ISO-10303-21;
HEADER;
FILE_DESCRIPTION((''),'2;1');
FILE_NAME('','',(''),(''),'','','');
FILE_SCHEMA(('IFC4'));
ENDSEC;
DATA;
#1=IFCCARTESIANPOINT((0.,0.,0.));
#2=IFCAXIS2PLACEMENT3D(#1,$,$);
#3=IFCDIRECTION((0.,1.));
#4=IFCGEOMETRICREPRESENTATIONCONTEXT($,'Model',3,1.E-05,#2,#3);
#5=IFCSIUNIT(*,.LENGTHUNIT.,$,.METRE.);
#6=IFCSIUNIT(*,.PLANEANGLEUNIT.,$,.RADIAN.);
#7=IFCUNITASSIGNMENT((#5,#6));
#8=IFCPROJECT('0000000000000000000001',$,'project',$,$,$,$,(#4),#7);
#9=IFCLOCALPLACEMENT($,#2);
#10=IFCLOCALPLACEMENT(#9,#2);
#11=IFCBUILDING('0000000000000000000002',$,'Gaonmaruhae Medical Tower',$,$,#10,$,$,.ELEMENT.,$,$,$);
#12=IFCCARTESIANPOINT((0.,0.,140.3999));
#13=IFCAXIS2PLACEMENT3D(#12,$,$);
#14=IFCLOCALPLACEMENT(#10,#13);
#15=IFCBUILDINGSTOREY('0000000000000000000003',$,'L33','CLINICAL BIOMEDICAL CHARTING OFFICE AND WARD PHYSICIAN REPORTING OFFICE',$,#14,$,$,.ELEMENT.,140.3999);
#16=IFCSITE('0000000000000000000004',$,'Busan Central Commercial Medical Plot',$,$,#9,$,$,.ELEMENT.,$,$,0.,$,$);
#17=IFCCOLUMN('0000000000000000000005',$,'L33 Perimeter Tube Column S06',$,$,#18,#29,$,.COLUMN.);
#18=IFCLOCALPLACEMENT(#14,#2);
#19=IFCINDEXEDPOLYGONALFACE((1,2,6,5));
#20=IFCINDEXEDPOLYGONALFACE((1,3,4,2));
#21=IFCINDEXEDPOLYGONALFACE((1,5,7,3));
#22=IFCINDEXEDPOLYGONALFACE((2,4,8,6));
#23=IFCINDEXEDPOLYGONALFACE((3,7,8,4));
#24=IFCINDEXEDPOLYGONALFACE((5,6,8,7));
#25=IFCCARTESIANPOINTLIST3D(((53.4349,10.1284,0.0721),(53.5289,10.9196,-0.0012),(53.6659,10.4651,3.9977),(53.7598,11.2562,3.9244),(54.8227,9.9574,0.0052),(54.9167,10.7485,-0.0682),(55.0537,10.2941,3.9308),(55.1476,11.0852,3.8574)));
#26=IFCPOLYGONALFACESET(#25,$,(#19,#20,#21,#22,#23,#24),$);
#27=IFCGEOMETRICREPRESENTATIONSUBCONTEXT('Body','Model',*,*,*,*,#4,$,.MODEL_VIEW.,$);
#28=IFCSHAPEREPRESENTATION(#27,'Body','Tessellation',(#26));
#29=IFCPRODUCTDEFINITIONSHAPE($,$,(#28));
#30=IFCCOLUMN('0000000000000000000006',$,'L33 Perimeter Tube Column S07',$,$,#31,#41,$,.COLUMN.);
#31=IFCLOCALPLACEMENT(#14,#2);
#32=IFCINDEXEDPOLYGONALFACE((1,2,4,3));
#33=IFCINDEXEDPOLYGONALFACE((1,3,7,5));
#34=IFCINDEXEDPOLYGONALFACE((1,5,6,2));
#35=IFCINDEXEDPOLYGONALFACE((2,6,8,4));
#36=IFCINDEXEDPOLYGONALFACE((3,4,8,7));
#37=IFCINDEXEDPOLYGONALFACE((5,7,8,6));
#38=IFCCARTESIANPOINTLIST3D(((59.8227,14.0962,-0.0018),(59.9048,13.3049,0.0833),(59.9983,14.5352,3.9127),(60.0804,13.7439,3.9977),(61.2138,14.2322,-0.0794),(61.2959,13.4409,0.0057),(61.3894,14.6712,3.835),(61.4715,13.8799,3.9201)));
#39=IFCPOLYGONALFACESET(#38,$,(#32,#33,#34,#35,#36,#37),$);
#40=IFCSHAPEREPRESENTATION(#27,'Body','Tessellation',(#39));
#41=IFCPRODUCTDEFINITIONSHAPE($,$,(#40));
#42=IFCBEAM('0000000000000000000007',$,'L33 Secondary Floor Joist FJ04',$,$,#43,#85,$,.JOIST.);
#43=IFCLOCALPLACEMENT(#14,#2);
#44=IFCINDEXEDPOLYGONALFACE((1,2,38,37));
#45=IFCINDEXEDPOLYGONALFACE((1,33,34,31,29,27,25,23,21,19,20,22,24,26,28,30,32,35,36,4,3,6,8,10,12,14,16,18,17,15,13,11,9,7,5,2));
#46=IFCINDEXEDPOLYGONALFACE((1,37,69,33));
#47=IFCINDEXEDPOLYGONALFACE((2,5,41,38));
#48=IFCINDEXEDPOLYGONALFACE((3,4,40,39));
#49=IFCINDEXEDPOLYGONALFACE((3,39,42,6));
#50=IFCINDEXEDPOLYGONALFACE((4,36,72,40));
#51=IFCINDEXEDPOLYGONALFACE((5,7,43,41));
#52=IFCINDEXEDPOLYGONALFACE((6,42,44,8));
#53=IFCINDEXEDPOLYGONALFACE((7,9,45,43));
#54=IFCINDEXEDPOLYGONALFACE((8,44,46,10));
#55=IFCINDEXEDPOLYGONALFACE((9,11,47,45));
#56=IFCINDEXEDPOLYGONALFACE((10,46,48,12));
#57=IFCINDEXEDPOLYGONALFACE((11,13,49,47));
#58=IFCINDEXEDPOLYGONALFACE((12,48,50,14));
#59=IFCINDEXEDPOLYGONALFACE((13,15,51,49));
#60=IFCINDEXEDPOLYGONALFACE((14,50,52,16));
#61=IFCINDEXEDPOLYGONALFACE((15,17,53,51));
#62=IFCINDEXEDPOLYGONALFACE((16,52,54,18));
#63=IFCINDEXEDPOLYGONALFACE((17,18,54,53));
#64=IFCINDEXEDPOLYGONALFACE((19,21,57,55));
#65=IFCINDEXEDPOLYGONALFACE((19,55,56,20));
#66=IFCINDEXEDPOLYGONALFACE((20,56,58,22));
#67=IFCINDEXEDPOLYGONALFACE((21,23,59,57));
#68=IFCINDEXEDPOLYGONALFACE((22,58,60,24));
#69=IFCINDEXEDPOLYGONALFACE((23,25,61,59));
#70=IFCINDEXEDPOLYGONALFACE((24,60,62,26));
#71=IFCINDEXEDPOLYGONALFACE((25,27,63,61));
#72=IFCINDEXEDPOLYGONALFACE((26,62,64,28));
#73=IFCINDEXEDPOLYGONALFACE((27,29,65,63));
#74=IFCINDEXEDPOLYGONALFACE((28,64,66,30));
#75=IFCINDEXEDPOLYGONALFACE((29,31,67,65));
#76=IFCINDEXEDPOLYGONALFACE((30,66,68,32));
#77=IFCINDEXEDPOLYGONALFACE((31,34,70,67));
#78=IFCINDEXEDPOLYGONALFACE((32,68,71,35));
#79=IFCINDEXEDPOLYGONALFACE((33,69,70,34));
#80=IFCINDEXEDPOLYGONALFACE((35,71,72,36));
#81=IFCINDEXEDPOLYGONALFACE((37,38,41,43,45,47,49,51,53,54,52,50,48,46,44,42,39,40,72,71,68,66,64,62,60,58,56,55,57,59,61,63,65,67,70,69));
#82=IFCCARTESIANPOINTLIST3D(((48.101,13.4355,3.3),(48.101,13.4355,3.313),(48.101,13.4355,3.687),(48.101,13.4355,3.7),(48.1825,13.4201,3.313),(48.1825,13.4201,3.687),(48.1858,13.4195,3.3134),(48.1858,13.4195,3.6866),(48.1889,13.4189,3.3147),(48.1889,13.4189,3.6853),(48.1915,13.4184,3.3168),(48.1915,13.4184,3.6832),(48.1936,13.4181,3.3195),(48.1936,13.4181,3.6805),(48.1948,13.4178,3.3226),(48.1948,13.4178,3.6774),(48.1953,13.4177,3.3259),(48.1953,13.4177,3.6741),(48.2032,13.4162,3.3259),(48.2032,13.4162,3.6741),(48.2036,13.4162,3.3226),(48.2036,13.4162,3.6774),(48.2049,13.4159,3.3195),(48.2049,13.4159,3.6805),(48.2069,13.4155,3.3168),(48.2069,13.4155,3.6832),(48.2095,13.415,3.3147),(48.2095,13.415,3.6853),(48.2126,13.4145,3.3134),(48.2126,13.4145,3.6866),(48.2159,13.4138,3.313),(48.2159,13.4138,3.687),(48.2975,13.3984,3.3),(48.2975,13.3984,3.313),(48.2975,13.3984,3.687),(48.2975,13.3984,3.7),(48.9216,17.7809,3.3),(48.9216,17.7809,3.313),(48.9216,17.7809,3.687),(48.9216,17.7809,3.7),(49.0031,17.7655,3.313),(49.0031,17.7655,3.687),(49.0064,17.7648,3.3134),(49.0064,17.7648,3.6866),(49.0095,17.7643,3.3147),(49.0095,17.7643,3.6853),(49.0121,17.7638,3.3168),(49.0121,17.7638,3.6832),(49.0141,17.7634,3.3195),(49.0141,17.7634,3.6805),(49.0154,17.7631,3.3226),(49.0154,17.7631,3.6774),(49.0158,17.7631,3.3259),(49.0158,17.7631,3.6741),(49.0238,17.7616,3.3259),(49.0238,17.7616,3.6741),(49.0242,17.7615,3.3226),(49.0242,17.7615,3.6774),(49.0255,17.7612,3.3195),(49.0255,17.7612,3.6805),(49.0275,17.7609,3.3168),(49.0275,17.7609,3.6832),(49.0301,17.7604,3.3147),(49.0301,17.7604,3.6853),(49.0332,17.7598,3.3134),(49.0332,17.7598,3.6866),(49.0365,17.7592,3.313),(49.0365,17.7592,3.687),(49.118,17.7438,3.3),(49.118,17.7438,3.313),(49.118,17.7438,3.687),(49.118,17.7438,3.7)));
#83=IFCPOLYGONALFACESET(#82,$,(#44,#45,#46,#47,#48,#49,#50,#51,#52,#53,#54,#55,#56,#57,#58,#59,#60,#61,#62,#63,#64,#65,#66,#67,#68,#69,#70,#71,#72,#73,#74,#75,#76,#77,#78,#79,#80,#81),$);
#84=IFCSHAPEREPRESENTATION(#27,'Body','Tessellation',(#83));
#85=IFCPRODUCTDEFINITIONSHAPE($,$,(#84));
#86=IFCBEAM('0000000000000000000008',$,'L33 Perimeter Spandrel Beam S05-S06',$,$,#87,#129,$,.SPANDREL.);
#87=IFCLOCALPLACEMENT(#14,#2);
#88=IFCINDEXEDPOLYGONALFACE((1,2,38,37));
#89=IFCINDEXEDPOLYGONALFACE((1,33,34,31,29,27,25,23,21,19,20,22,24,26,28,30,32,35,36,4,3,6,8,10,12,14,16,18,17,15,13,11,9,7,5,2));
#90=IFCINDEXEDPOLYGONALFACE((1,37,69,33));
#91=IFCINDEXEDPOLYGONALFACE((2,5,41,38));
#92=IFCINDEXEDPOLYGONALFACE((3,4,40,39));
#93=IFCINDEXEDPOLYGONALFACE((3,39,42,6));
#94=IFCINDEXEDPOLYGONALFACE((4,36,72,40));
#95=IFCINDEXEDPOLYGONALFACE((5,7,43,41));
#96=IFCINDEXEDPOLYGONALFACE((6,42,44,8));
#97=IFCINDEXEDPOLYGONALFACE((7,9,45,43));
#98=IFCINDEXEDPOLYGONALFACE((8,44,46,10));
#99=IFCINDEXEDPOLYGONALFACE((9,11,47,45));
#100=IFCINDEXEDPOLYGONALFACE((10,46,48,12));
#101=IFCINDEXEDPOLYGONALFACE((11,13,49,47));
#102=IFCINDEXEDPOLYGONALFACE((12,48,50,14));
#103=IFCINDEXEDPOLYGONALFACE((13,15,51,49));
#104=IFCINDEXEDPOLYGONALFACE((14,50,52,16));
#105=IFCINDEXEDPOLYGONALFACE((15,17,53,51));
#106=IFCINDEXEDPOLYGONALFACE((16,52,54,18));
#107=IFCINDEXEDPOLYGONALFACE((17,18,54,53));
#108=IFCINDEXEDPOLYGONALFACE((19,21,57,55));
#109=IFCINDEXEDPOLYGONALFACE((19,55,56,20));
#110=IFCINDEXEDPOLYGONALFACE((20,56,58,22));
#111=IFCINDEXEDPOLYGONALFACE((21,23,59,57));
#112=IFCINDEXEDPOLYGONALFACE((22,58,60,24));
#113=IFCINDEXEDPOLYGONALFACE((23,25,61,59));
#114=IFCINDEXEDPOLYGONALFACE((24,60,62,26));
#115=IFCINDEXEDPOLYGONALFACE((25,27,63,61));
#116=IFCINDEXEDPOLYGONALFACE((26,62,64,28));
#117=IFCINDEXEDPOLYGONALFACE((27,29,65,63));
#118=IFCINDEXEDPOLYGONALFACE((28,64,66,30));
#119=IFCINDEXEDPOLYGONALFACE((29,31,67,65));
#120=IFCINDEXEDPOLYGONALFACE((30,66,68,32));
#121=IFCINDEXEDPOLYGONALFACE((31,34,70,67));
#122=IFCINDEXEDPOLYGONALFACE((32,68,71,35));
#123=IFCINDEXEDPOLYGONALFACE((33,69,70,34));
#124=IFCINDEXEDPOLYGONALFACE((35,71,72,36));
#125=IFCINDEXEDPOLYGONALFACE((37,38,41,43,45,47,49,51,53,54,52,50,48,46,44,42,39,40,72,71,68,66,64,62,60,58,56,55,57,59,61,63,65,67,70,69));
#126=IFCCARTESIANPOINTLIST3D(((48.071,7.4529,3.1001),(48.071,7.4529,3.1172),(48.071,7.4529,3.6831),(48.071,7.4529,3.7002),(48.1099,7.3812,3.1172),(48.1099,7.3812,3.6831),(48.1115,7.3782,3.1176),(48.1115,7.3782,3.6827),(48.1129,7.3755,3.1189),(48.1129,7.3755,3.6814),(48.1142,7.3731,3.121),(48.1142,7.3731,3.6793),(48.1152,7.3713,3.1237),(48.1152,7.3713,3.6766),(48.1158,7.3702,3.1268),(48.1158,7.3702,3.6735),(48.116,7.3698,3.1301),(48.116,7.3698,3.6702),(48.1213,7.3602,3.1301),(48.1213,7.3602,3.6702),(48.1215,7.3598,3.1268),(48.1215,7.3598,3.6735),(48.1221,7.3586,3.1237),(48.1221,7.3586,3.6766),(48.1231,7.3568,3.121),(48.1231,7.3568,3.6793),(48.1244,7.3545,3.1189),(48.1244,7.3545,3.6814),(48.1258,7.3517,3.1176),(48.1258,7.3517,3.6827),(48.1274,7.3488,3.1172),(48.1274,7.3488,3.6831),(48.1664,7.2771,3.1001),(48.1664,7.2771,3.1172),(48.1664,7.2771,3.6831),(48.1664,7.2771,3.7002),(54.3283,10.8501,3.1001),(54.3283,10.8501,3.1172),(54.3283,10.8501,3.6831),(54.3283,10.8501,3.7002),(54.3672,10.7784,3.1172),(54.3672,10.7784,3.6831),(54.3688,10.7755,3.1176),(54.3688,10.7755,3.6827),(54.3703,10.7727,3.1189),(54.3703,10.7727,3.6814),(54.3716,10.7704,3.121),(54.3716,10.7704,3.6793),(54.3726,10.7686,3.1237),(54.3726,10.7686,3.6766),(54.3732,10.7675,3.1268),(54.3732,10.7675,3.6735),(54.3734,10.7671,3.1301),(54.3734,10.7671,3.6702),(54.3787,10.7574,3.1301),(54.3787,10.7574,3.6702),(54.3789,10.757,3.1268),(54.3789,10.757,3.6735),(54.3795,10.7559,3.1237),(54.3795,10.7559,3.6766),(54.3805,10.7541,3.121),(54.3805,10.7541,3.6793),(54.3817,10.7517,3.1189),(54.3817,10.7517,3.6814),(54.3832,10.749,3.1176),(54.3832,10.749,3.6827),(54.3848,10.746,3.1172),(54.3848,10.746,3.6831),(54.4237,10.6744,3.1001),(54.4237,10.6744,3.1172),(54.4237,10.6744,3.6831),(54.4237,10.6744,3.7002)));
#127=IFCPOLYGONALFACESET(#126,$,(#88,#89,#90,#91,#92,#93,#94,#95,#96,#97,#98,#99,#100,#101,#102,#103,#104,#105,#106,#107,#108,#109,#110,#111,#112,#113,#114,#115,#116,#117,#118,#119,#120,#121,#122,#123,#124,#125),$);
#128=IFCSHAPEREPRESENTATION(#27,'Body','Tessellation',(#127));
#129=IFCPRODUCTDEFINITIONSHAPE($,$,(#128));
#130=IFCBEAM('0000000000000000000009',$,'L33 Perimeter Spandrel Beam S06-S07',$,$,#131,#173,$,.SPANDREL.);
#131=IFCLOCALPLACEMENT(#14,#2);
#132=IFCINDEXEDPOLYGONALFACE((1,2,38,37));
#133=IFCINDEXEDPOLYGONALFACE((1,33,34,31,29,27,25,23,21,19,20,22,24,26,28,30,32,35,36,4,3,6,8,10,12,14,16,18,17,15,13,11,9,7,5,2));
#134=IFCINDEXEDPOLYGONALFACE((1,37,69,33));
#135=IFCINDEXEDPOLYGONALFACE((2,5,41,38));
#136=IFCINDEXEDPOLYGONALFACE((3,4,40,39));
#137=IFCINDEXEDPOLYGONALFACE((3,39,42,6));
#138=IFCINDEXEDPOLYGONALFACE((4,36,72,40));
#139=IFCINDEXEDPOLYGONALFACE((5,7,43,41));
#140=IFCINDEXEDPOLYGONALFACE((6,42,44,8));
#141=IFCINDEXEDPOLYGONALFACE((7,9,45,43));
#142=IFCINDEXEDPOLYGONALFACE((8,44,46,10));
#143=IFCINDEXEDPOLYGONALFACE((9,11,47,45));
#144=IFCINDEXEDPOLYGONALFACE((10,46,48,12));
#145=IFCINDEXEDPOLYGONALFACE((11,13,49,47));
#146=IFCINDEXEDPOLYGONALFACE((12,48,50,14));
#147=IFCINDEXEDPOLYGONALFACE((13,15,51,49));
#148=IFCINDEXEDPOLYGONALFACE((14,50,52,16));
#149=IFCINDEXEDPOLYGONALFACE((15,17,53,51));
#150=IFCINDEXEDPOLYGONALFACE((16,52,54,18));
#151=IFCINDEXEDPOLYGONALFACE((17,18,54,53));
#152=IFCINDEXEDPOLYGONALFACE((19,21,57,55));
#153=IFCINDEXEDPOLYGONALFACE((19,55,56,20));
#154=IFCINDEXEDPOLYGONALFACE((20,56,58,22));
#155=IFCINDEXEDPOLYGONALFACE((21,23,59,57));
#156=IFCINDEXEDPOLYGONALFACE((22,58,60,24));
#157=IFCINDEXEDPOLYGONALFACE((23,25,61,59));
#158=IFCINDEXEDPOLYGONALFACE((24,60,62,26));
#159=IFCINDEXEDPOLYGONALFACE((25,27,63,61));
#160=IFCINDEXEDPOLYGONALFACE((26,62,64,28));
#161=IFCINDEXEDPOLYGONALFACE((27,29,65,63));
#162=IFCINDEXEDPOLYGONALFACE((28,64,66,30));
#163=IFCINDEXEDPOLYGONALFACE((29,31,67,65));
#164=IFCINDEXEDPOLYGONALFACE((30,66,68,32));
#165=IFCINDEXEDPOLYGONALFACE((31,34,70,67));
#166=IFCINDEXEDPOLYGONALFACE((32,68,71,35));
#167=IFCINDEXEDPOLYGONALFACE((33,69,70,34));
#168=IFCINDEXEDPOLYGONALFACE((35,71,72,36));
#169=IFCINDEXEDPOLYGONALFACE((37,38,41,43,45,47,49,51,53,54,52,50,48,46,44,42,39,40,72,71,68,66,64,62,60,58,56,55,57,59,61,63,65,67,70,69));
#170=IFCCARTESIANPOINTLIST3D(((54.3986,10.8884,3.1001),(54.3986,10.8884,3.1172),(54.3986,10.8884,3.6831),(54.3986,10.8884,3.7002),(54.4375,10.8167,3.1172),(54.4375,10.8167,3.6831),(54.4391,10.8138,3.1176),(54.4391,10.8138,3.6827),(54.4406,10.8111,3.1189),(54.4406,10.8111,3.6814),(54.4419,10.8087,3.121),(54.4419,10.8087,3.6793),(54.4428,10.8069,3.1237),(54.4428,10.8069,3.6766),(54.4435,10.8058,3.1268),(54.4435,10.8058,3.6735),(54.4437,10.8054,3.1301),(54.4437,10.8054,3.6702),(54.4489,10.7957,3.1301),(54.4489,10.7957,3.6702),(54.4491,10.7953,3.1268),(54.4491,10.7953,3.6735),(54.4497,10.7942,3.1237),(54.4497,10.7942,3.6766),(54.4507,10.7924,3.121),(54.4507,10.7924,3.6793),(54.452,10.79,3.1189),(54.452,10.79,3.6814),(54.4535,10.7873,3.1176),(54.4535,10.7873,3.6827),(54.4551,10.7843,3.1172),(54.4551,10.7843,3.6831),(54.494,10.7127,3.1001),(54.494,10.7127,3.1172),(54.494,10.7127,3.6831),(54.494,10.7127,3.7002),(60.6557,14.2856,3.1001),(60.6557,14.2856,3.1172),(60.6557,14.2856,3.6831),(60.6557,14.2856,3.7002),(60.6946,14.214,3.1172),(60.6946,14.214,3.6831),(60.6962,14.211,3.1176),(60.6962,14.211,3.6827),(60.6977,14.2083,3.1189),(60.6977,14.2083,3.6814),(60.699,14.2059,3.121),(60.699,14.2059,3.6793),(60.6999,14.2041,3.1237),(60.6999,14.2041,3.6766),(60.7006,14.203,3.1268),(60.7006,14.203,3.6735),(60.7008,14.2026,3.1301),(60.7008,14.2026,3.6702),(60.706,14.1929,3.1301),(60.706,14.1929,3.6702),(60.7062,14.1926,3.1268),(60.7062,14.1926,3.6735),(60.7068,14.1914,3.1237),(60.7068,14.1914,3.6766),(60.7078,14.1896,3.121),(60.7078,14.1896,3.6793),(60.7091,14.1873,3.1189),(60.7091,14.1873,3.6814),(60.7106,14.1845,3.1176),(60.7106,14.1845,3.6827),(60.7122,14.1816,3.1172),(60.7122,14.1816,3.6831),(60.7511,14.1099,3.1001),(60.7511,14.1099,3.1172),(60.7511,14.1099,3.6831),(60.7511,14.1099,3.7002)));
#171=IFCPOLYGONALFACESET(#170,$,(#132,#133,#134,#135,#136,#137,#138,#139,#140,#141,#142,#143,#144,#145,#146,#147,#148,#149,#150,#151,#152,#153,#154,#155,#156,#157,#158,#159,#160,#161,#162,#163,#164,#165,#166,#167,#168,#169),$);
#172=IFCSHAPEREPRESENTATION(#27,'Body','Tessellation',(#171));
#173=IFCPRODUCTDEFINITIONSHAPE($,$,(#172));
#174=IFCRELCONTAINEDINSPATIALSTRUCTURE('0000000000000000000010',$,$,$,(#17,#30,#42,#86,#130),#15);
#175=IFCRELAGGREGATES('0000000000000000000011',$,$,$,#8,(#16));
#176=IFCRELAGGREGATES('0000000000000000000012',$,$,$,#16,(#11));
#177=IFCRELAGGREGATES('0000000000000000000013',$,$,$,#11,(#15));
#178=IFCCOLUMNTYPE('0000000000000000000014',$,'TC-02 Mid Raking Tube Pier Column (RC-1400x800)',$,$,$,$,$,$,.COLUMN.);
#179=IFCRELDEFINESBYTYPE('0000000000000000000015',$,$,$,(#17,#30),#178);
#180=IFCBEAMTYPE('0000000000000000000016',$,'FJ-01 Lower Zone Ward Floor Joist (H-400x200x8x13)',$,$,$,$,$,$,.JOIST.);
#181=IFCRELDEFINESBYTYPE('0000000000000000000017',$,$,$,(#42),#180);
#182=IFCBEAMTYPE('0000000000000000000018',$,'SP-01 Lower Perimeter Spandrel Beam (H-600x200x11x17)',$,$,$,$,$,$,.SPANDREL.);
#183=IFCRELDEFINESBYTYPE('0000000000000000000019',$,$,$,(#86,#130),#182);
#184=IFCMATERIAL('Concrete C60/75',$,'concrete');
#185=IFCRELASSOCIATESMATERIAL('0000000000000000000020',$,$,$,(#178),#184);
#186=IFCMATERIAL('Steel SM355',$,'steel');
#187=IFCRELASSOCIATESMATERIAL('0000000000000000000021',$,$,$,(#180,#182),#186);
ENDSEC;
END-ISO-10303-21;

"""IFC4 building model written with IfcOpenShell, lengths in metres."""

from ifc_helpers import new_model, si_unit, direction, frame, origin, origin_2d, place, context, subcontext, project, spatial, rectangle, i_section, extrude, material, material_profile, profile_set, type_object, element, save


model = new_model("IFC4")

# Units and contexts
model_context = context("Model", 3, precision=1e-05, world=origin(), true_north=direction((0.0, 1.0)))
body_context = subcontext(model_context, "Body", "Model", "MODEL_VIEW")
ifc_project = project(units=[si_unit("LENGTHUNIT", "METRE"), si_unit("PLANEANGLEUNIT", "RADIAN")], contexts=[model_context])

# Site, building, storey
site_placement = place(None, origin())
site = spatial("IfcSite", under=ifc_project, at=site_placement, Name="Busan Central Commercial Medical Plot", CompositionType="ELEMENT", RefElevation=0.0)
building_placement = place(site_placement, origin())
building = spatial("IfcBuilding", under=site, at=building_placement, Name="Gaonmaruhae Medical Tower", CompositionType="ELEMENT")
storey_placement = place(building_placement, frame((0.0, 0.0, 140.3999)))
storey = spatial("IfcBuildingStorey", under=building, at=storey_placement, Name="L33", Description="CLINICAL BIOMEDICAL CHARTING OFFICE AND WARD PHYSICIAN REPORTING OFFICE", CompositionType="ELEMENT", Elevation=140.3999)

# Columns
ifc_material_1 = material(Name="Concrete C60/75", Category="concrete")
ifc_material_profile_1 = material_profile(ifc_material_1, rectangle(XDim=1.3999, YDim=0.8, at=origin_2d()), Name="RC-1400x800")
ifc_profile_set_1 = profile_set([ifc_material_profile_1], Name="Concrete C60/75")
column_type = type_object("IfcColumnType", Name="TC-02 Mid Raking Tube Pier Column (RC-1400x800)", PredefinedType="COLUMN", material=ifc_profile_set_1)
column_1_placement = place(storey_placement, frame((54.1758, 10.4385, 0.002), z_axis=(0.058519, 0.085304, 0.994635), x_axis=(-0.991353, 0.122188, 0.047846)))
element("IfcColumn", 1, at=column_1_placement, inside=storey, type_object=column_type, Name="L33 Perimeter Tube Column S06", PredefinedType="COLUMN", context=body_context, shape_type="SweptSolid", body=[
    extrude(rectangle(XDim=1.3999, YDim=0.8, at=origin_2d()), origin(), (0.0, 0.0, 1.0), 3.9468),
])
column_2_placement = place(storey_placement, frame((60.5593, 13.7686, 0.002), z_axis=(0.044521, 0.111335, 0.992785), x_axis=(-0.993722, -0.097161, 0.055459)))
element("IfcColumn", 2, at=column_2_placement, inside=storey, type_object=column_type, Name="L33 Perimeter Tube Column S07", PredefinedType="COLUMN", context=body_context, shape_type="SweptSolid", body=[
    extrude(rectangle(XDim=1.3999, YDim=0.8, at=origin_2d()), origin(), (0.0, 0.0, 1.0), 3.9429),
])

# Beams
ifc_material_2 = material(Name="Steel SM355", Category="steel")
ifc_material_profile_2 = material_profile(ifc_material_2, i_section(OverallWidth=0.2, OverallDepth=0.3999, WebThickness=0.0081, FlangeThickness=0.0129, FilletRadius=0.0129, at=origin_2d()), Name="H-400x200x8x13")
ifc_profile_set_2 = profile_set([ifc_material_profile_2], Name="Steel SM355")
beam_type_1 = type_object("IfcBeamType", Name="FJ-01 Lower Zone Ward Floor Joist (H-400x200x8x13)", PredefinedType="JOIST", material=ifc_profile_set_2)
beam_1_placement = place(storey_placement, frame((48.1992, 13.417, 3.5), z_axis=(0.185562, 0.982633, 0.0), x_axis=(-0.982633, 0.185562, 0.0)))
element("IfcBeam", 3, at=beam_1_placement, inside=storey, type_object=beam_type_1, Name="L33 Secondary Floor Joist FJ04", PredefinedType="JOIST", context=body_context, shape_type="SweptSolid", body=[
    extrude(i_section(OverallWidth=0.2, OverallDepth=0.3999, WebThickness=0.0081, FlangeThickness=0.0129, FilletRadius=0.0129, at=origin_2d()), origin(), (0.0, 0.0, 1.0), 4.4221),
])
ifc_material_profile_3 = material_profile(ifc_material_2, i_section(OverallWidth=0.2, OverallDepth=0.6001, WebThickness=0.011, FlangeThickness=0.0171, FilletRadius=0.0129, at=origin_2d()), Name="H-600x200x11x17")
ifc_profile_set_3 = profile_set([ifc_material_profile_3], Name="Steel SM355")
beam_type_2 = type_object("IfcBeamType", Name="SP-01 Lower Perimeter Spandrel Beam (H-600x200x11x17)", PredefinedType="SPANDREL", material=ifc_profile_set_3)
beam_2_placement = place(storey_placement, frame((48.1187, 7.365, 3.4001), z_axis=(0.878831, 0.477133, 0.0), x_axis=(-0.477133, 0.878831, 0.0)))
element("IfcBeam", 4, at=beam_2_placement, inside=storey, type_object=beam_type_2, Name="L33 Perimeter Spandrel Beam S05-S06", PredefinedType="SPANDREL", context=body_context, shape_type="SweptSolid", body=[
    extrude(i_section(OverallWidth=0.2, OverallDepth=0.6001, WebThickness=0.011, FlangeThickness=0.0171, FilletRadius=0.0129, at=origin_2d()), origin(), (0.0, 0.0, 1.0), 7.1201),
])
beam_3_placement = place(storey_placement, frame((54.4463, 10.8005, 3.4001), z_axis=(0.878823, 0.477148, 0.0), x_axis=(-0.477148, 0.878823, 0.0)))
element("IfcBeam", 5, at=beam_3_placement, inside=storey, type_object=beam_type_2, Name="L33 Perimeter Spandrel Beam S06-S07", PredefinedType="SPANDREL", context=body_context, shape_type="SweptSolid", body=[
    extrude(i_section(OverallWidth=0.2, OverallDepth=0.6001, WebThickness=0.011, FlangeThickness=0.0171, FilletRadius=0.0129, at=origin_2d()), origin(), (0.0, 0.0, 1.0), 7.1199),
])

save(model, "model.ifc")
